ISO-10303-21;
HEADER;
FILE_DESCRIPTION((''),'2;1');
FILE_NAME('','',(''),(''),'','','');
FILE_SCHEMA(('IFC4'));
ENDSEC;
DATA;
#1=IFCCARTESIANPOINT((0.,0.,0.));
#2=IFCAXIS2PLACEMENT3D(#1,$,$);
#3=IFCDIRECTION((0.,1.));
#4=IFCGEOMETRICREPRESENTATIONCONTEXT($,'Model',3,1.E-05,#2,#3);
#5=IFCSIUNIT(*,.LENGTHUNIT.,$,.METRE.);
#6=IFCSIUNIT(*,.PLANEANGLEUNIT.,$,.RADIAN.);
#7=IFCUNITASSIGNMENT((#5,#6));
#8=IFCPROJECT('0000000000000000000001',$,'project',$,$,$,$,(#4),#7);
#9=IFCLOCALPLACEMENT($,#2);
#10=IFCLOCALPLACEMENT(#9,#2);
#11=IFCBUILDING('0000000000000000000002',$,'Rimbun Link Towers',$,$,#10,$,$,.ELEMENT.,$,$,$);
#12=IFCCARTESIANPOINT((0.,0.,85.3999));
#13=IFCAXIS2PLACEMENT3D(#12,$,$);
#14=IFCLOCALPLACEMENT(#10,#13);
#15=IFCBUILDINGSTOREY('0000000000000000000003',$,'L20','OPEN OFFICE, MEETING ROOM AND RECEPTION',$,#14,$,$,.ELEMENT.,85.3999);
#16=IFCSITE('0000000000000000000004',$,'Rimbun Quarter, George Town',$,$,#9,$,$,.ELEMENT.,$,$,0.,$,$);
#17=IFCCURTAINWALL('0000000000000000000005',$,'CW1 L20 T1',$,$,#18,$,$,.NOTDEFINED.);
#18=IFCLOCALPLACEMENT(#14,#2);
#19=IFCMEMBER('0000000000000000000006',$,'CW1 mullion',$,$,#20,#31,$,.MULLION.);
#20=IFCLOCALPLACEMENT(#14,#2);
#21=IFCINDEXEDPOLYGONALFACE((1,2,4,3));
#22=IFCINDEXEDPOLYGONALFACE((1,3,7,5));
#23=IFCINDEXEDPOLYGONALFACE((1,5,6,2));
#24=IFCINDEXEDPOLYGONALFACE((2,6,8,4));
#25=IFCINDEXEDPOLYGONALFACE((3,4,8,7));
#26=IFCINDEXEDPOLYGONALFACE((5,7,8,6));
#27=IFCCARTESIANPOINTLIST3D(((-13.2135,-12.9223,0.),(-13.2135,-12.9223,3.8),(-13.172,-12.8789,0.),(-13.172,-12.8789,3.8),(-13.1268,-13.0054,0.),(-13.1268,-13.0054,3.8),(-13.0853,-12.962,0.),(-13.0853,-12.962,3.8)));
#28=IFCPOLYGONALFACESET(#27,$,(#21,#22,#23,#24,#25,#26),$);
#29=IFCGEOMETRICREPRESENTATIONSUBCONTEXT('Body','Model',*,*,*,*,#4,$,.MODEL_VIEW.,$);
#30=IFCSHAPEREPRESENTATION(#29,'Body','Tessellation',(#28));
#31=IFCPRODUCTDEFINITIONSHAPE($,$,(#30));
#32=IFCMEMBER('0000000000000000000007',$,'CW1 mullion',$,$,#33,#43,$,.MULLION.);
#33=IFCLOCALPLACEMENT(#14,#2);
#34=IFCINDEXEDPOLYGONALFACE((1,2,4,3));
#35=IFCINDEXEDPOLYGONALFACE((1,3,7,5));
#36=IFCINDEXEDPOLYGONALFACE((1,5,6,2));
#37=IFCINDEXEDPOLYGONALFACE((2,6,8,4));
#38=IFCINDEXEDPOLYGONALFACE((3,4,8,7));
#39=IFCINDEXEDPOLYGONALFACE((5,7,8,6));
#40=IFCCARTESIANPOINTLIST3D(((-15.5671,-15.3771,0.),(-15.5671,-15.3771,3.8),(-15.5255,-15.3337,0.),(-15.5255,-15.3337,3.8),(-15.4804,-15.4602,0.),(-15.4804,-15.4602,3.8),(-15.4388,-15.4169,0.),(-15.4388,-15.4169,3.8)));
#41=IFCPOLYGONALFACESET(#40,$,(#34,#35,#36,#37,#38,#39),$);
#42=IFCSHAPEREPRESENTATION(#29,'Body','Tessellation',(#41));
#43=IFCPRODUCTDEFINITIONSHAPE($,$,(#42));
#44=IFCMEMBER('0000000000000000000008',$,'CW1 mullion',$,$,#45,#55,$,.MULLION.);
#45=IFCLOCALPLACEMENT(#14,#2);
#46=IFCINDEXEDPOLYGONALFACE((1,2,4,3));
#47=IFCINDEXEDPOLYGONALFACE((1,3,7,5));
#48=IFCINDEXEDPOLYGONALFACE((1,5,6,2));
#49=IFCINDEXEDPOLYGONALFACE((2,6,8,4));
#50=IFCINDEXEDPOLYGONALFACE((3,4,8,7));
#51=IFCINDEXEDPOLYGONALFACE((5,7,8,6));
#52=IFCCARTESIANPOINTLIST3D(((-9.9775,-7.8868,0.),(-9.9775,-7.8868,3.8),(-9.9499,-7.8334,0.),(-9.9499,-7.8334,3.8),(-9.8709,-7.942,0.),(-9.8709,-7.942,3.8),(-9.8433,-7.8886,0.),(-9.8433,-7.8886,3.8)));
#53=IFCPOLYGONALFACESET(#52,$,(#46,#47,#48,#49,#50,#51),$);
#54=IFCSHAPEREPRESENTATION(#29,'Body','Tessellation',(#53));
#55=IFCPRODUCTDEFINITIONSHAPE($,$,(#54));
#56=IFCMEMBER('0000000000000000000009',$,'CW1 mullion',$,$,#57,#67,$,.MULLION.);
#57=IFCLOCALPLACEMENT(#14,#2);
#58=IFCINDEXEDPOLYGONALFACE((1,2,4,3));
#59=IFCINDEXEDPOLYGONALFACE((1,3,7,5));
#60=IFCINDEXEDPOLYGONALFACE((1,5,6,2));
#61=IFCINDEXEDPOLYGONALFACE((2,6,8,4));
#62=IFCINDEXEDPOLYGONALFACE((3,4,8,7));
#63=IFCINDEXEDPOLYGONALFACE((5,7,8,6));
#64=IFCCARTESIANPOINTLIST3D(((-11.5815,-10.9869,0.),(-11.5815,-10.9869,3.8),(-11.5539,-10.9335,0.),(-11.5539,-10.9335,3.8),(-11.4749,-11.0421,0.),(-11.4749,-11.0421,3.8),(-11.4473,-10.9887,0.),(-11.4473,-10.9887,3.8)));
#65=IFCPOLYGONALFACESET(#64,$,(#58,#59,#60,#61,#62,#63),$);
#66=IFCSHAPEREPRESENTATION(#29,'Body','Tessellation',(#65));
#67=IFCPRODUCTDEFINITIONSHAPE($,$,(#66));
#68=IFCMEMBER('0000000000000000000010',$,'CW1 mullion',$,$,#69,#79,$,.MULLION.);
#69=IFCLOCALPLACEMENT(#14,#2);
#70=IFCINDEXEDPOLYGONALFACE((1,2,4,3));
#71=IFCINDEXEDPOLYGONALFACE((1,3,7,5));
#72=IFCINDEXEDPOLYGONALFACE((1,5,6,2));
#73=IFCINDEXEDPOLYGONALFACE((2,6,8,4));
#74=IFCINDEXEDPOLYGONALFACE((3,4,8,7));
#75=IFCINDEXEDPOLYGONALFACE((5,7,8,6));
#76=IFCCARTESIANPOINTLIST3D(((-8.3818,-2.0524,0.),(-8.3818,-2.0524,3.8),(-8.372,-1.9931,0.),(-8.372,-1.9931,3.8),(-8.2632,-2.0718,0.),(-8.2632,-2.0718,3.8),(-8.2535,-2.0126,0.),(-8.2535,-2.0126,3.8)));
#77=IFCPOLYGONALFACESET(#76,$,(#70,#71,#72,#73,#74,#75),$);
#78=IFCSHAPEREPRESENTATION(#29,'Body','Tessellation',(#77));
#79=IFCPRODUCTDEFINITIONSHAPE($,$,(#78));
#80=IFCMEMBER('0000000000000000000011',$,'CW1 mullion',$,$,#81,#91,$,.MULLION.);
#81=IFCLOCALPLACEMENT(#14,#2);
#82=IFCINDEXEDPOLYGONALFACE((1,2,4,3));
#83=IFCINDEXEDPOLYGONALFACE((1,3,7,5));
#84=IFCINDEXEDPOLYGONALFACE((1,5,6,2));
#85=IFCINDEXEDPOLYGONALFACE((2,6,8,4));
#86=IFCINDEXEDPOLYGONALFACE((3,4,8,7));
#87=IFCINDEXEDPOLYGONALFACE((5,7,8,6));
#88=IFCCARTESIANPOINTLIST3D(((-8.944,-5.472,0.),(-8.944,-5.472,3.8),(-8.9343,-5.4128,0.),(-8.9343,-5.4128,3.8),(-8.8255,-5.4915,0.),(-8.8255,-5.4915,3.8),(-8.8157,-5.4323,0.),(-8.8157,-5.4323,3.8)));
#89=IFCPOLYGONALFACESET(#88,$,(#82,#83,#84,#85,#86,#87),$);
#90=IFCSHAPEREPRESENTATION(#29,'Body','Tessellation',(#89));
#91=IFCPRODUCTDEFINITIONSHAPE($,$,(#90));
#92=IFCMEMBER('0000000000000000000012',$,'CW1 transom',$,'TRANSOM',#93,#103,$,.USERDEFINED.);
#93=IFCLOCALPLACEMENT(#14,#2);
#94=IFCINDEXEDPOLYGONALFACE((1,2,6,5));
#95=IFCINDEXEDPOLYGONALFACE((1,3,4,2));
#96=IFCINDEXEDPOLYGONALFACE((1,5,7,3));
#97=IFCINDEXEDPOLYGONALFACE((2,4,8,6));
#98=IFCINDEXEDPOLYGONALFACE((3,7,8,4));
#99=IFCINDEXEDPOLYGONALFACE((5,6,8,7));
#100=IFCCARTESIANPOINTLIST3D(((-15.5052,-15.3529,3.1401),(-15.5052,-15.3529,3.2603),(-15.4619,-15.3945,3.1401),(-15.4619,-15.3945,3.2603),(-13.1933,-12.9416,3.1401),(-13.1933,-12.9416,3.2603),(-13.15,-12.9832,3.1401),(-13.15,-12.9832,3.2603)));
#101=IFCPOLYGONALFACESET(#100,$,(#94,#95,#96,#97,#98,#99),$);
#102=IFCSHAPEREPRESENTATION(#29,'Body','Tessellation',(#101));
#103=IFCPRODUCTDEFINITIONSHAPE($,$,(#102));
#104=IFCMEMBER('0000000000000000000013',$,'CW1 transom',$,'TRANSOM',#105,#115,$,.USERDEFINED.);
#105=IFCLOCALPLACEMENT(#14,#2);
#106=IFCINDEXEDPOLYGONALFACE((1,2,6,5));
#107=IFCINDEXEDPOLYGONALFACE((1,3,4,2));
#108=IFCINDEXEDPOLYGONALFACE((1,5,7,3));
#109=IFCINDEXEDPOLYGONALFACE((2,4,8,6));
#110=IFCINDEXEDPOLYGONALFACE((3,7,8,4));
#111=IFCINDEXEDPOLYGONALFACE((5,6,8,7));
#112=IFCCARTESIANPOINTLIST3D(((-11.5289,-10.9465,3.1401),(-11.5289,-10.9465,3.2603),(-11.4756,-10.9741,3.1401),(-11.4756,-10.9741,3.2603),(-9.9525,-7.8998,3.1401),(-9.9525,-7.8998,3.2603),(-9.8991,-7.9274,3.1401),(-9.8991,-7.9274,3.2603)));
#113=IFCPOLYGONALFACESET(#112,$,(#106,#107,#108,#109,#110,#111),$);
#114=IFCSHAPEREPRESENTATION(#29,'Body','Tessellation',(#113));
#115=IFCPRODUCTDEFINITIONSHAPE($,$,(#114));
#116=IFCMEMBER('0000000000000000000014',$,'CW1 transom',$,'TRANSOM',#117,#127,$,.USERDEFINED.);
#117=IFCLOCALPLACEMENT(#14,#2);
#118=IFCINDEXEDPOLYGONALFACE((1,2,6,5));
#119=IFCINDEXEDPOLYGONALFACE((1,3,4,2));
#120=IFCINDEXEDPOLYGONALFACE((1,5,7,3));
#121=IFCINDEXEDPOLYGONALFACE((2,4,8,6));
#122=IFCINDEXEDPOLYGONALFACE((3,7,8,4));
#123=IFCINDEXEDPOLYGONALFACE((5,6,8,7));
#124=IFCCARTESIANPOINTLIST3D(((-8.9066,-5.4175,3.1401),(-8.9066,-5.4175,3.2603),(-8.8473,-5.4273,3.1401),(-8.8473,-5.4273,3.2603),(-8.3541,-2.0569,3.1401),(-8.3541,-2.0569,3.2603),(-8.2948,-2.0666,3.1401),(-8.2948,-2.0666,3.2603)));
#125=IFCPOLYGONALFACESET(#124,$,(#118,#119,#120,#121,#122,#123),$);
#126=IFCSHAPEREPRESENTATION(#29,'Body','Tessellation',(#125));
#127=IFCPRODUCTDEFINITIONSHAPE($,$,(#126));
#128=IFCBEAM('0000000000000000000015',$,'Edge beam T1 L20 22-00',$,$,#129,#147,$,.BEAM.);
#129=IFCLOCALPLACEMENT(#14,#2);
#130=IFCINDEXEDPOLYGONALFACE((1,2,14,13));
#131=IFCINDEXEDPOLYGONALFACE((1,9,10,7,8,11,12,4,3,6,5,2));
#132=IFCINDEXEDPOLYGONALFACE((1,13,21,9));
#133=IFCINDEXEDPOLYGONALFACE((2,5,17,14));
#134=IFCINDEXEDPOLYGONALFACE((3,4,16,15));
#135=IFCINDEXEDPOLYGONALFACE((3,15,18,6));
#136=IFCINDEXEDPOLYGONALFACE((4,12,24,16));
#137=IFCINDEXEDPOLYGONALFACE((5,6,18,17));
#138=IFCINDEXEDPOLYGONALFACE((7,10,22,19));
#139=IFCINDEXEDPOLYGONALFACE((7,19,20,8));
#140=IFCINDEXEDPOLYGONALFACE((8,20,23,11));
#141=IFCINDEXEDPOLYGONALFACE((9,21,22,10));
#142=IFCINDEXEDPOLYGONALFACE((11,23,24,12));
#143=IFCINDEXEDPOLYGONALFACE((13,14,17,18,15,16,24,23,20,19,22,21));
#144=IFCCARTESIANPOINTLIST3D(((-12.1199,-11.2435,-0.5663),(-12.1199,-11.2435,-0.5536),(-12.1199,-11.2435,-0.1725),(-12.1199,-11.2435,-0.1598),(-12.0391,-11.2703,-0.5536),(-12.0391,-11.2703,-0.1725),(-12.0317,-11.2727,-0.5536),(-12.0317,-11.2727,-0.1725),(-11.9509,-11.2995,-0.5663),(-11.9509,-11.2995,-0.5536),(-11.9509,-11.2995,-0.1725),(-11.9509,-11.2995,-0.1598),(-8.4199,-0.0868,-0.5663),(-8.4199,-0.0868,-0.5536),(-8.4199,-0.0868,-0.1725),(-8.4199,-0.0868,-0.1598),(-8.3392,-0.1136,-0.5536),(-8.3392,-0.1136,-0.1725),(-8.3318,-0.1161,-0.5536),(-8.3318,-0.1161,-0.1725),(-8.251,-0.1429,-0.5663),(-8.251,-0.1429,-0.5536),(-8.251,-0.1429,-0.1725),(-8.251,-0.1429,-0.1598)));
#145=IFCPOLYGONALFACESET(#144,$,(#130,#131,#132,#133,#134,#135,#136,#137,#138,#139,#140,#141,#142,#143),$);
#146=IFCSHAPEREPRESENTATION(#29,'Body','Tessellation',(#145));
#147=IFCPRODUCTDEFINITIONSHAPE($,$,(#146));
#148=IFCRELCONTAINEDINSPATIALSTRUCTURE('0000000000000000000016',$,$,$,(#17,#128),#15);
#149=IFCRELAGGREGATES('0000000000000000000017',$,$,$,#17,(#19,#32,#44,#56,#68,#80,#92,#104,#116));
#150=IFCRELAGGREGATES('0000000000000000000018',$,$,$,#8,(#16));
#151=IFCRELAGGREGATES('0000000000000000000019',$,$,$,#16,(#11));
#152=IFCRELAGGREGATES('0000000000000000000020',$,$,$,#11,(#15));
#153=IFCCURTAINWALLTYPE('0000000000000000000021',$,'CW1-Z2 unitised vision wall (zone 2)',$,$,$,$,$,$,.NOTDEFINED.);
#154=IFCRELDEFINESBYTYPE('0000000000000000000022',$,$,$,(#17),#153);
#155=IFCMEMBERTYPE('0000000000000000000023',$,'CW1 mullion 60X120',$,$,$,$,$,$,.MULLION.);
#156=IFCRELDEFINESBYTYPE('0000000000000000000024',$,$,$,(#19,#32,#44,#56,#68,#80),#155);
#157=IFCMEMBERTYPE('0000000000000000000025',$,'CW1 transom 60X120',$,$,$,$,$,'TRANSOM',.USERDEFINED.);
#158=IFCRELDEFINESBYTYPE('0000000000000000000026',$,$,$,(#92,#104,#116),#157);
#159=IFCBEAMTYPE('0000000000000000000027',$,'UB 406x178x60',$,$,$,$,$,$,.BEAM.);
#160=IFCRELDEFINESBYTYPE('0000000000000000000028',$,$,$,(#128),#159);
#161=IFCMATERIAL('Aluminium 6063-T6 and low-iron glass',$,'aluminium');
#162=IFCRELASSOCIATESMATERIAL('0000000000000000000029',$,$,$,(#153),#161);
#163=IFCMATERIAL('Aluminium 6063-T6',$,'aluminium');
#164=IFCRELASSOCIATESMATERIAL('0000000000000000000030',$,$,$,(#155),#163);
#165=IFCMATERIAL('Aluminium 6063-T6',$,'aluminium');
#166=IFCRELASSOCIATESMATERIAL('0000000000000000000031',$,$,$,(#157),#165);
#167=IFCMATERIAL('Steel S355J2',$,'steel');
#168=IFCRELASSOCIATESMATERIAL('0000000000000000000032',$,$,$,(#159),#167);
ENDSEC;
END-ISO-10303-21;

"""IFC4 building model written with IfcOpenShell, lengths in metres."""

from ifc_helpers import new_model, si_unit, direction, frame, origin, origin_2d, place, context, subcontext, project, spatial, rectangle, i_section, extrude, material, material_profile, profile_set, type_object, element, aggregate, save


model = new_model("IFC4")

# Units and contexts
model_context = context("Model", 3, precision=1e-05, world=origin(), true_north=direction((0.0, 1.0)))
body_context = subcontext(model_context, "Body", "Model", "MODEL_VIEW")
ifc_project = project(units=[si_unit("LENGTHUNIT", "METRE"), si_unit("PLANEANGLEUNIT", "RADIAN")], contexts=[model_context])

# Site, building, storey
site_placement = place(None, origin())
site = spatial("IfcSite", under=ifc_project, at=site_placement, Name="Rimbun Quarter, George Town", CompositionType="ELEMENT", RefElevation=0.0)
building_placement = place(site_placement, origin())
building = spatial("IfcBuilding", under=site, at=building_placement, Name="Rimbun Link Towers", CompositionType="ELEMENT")
storey_placement = place(building_placement, frame((0.0, 0.0, 85.3999)))
storey = spatial("IfcBuildingStorey", under=building, at=storey_placement, Name="L20", Description="OPEN OFFICE, MEETING ROOM AND RECEPTION", CompositionType="ELEMENT", Elevation=85.3999)

# Curtain wall, members
ifc_material_1 = material(Name="Aluminium 6063-T6 and low-iron glass", Category="aluminium")
curtain_wall_type = type_object("IfcCurtainWallType", Name="CW1-Z2 unitised vision wall (zone 2)", PredefinedType="NOTDEFINED", material=ifc_material_1)
curtain_wall_placement = place(storey_placement, origin())
curtain_wall = element("IfcCurtainWall", 1, at=curtain_wall_placement, inside=storey, type_object=curtain_wall_type, Name="CW1 L20 T1", PredefinedType="NOTDEFINED")
ifc_material_2 = material(Name="Aluminium 6063-T6", Category="aluminium")
ifc_material_profile_1 = material_profile(ifc_material_2, rectangle(XDim=0.1201, YDim=0.0601, at=origin_2d()), Name="MULLION 60X120")
ifc_profile_set_1 = profile_set([ifc_material_profile_1], Name="Aluminium 6063-T6")
member_type_1 = type_object("IfcMemberType", Name="CW1 mullion 60X120", PredefinedType="MULLION", material=ifc_profile_set_1)
member_1_placement = place(storey_placement, frame((-13.1494, -12.9421, 0.0), z_axis=(0.0, 0.0, 1.0), x_axis=(0.721839, -0.692061, 0.0)))
member_1 = element("IfcMember", 2, at=member_1_placement, type_object=member_type_1, Name="CW1 mullion", PredefinedType="MULLION", context=body_context, shape_type="SweptSolid", body=[
    extrude(rectangle(XDim=0.1201, YDim=0.0601, at=origin_2d()), origin(), (0.0, 0.0, 1.0), 3.8),
])
member_2_placement = place(storey_placement, frame((-15.5029, -15.397, 0.0), z_axis=(0.0, 0.0, 1.0), x_axis=(0.721839, -0.692061, 0.0)))
member_2 = element("IfcMember", 3, at=member_2_placement, type_object=member_type_1, Name="CW1 mullion", PredefinedType="MULLION", context=body_context, shape_type="SweptSolid", body=[
    extrude(rectangle(XDim=0.1201, YDim=0.0601, at=origin_2d()), origin(), (0.0, 0.0, 1.0), 3.8),
])
member_3_placement = place(storey_placement, frame((-9.9104, -7.8877, 0.0), z_axis=(0.0, 0.0, 1.0), x_axis=(0.888155, -0.459544, 0.0)))
member_3 = element("IfcMember", 4, at=member_3_placement, type_object=member_type_1, Name="CW1 mullion", PredefinedType="MULLION", context=body_context, shape_type="SweptSolid", body=[
    extrude(rectangle(XDim=0.1201, YDim=0.0601, at=origin_2d()), origin(), (0.0, 0.0, 1.0), 3.8),
])
member_4_placement = place(storey_placement, frame((-11.5144, -10.9878, 0.0), z_axis=(0.0, 0.0, 1.0), x_axis=(0.888155, -0.459544, 0.0)))
member_4 = element("IfcMember", 5, at=member_4_placement, type_object=member_type_1, Name="CW1 mullion", PredefinedType="MULLION", context=body_context, shape_type="SweptSolid", body=[
    extrude(rectangle(XDim=0.1201, YDim=0.0601, at=origin_2d()), origin(), (0.0, 0.0, 1.0), 3.8),
])
member_5_placement = place(storey_placement, frame((-8.3176, -2.0325, 0.0), z_axis=(0.0, 0.0, 1.0), x_axis=(0.986749, -0.162255, 0.0)))
member_5 = element("IfcMember", 6, at=member_5_placement, type_object=member_type_1, Name="CW1 mullion", PredefinedType="MULLION", context=body_context, shape_type="SweptSolid", body=[
    extrude(rectangle(XDim=0.1201, YDim=0.0601, at=origin_2d()), origin(), (0.0, 0.0, 1.0), 3.8),
])
member_6_placement = place(storey_placement, frame((-8.8799, -5.4521, 0.0), z_axis=(0.0, 0.0, 1.0), x_axis=(0.986749, -0.162255, 0.0)))
member_6 = element("IfcMember", 7, at=member_6_placement, type_object=member_type_1, Name="CW1 mullion", PredefinedType="MULLION", context=body_context, shape_type="SweptSolid", body=[
    extrude(rectangle(XDim=0.1201, YDim=0.0601, at=origin_2d()), origin(), (0.0, 0.0, 1.0), 3.8),
])
ifc_material_3 = material(Name="Aluminium 6063-T6", Category="aluminium")
ifc_material_profile_2 = material_profile(ifc_material_3, rectangle(XDim=0.0601, YDim=0.1201, at=origin_2d()), Name="TRANSOM 60X120")
ifc_profile_set_2 = profile_set([ifc_material_profile_2], Name="Aluminium 6063-T6")
member_type_2 = type_object("IfcMemberType", Name="CW1 transom 60X120", ElementType="TRANSOM", PredefinedType="USERDEFINED", material=ifc_profile_set_2)
member_7_placement = place(storey_placement, frame((-13.1716, -12.9624, 3.2002), z_axis=(-0.692078, -0.721822, 0.0), x_axis=(0.721822, -0.692078, 0.0)))
member_7 = element("IfcMember", 8, at=member_7_placement, type_object=member_type_2, Name="CW1 transom", ObjectType="TRANSOM", PredefinedType="USERDEFINED", context=body_context, shape_type="SweptSolid", body=[
    extrude(rectangle(XDim=0.0601, YDim=0.1201, at=origin_2d()), origin(), (0.0, 0.0, 1.0), 3.3406),
])
member_8_placement = place(storey_placement, frame((-9.9258, -7.9136, 3.2002), z_axis=(-0.459555, -0.88815, 0.0), x_axis=(0.88815, -0.459555, 0.0)))
member_8 = element("IfcMember", 9, at=member_8_placement, type_object=member_type_2, Name="CW1 transom", ObjectType="TRANSOM", PredefinedType="USERDEFINED", context=body_context, shape_type="SweptSolid", body=[
    extrude(rectangle(XDim=0.0601, YDim=0.1201, at=origin_2d()), origin(), (0.0, 0.0, 1.0), 3.4304),
])
member_9_placement = place(storey_placement, frame((-8.3245, -2.0618, 3.2002), z_axis=(-0.162225, -0.986754, 0.0), x_axis=(0.986754, -0.162225, 0.0)))
member_9 = element("IfcMember", 10, at=member_9_placement, type_object=member_type_2, Name="CW1 transom", ObjectType="TRANSOM", PredefinedType="USERDEFINED", context=body_context, shape_type="SweptSolid", body=[
    extrude(rectangle(XDim=0.0601, YDim=0.1201, at=origin_2d()), origin(), (0.0, 0.0, 1.0), 3.4058),
])

# Beam
ifc_material_4 = material(Name="Steel S355J2", Category="steel")
ifc_material_profile_3 = material_profile(ifc_material_4, i_section(OverallWidth=0.178, OverallDepth=0.4065, WebThickness=0.0078, FlangeThickness=0.0127, at=origin_2d()), Name="UB 406x178x60")
ifc_profile_set_3 = profile_set([ifc_material_profile_3], Name="Steel S355J2")
beam_type = type_object("IfcBeamType", Name="UB 406x178x60", PredefinedType="BEAM", material=ifc_profile_set_3)
beam_placement = place(storey_placement, frame((-12.0354, -11.2715, -0.363), z_axis=(0.314776, 0.949166, 0.0), x_axis=(-0.949166, 0.314776, 0.0)))
element("IfcBeam", 11, at=beam_placement, inside=storey, type_object=beam_type, Name="Edge beam T1 L20 22-00", PredefinedType="BEAM", context=body_context, shape_type="SweptSolid", body=[
    extrude(i_section(OverallWidth=0.178, OverallDepth=0.4065, WebThickness=0.0078, FlangeThickness=0.0127, at=origin_2d()), origin(), (0.0, 0.0, 1.0), 11.7542),
])

aggregate(curtain_wall, [member_1, member_2, member_3, member_4, member_5, member_6, member_7, member_8, member_9])

save(model, "model.ifc")
